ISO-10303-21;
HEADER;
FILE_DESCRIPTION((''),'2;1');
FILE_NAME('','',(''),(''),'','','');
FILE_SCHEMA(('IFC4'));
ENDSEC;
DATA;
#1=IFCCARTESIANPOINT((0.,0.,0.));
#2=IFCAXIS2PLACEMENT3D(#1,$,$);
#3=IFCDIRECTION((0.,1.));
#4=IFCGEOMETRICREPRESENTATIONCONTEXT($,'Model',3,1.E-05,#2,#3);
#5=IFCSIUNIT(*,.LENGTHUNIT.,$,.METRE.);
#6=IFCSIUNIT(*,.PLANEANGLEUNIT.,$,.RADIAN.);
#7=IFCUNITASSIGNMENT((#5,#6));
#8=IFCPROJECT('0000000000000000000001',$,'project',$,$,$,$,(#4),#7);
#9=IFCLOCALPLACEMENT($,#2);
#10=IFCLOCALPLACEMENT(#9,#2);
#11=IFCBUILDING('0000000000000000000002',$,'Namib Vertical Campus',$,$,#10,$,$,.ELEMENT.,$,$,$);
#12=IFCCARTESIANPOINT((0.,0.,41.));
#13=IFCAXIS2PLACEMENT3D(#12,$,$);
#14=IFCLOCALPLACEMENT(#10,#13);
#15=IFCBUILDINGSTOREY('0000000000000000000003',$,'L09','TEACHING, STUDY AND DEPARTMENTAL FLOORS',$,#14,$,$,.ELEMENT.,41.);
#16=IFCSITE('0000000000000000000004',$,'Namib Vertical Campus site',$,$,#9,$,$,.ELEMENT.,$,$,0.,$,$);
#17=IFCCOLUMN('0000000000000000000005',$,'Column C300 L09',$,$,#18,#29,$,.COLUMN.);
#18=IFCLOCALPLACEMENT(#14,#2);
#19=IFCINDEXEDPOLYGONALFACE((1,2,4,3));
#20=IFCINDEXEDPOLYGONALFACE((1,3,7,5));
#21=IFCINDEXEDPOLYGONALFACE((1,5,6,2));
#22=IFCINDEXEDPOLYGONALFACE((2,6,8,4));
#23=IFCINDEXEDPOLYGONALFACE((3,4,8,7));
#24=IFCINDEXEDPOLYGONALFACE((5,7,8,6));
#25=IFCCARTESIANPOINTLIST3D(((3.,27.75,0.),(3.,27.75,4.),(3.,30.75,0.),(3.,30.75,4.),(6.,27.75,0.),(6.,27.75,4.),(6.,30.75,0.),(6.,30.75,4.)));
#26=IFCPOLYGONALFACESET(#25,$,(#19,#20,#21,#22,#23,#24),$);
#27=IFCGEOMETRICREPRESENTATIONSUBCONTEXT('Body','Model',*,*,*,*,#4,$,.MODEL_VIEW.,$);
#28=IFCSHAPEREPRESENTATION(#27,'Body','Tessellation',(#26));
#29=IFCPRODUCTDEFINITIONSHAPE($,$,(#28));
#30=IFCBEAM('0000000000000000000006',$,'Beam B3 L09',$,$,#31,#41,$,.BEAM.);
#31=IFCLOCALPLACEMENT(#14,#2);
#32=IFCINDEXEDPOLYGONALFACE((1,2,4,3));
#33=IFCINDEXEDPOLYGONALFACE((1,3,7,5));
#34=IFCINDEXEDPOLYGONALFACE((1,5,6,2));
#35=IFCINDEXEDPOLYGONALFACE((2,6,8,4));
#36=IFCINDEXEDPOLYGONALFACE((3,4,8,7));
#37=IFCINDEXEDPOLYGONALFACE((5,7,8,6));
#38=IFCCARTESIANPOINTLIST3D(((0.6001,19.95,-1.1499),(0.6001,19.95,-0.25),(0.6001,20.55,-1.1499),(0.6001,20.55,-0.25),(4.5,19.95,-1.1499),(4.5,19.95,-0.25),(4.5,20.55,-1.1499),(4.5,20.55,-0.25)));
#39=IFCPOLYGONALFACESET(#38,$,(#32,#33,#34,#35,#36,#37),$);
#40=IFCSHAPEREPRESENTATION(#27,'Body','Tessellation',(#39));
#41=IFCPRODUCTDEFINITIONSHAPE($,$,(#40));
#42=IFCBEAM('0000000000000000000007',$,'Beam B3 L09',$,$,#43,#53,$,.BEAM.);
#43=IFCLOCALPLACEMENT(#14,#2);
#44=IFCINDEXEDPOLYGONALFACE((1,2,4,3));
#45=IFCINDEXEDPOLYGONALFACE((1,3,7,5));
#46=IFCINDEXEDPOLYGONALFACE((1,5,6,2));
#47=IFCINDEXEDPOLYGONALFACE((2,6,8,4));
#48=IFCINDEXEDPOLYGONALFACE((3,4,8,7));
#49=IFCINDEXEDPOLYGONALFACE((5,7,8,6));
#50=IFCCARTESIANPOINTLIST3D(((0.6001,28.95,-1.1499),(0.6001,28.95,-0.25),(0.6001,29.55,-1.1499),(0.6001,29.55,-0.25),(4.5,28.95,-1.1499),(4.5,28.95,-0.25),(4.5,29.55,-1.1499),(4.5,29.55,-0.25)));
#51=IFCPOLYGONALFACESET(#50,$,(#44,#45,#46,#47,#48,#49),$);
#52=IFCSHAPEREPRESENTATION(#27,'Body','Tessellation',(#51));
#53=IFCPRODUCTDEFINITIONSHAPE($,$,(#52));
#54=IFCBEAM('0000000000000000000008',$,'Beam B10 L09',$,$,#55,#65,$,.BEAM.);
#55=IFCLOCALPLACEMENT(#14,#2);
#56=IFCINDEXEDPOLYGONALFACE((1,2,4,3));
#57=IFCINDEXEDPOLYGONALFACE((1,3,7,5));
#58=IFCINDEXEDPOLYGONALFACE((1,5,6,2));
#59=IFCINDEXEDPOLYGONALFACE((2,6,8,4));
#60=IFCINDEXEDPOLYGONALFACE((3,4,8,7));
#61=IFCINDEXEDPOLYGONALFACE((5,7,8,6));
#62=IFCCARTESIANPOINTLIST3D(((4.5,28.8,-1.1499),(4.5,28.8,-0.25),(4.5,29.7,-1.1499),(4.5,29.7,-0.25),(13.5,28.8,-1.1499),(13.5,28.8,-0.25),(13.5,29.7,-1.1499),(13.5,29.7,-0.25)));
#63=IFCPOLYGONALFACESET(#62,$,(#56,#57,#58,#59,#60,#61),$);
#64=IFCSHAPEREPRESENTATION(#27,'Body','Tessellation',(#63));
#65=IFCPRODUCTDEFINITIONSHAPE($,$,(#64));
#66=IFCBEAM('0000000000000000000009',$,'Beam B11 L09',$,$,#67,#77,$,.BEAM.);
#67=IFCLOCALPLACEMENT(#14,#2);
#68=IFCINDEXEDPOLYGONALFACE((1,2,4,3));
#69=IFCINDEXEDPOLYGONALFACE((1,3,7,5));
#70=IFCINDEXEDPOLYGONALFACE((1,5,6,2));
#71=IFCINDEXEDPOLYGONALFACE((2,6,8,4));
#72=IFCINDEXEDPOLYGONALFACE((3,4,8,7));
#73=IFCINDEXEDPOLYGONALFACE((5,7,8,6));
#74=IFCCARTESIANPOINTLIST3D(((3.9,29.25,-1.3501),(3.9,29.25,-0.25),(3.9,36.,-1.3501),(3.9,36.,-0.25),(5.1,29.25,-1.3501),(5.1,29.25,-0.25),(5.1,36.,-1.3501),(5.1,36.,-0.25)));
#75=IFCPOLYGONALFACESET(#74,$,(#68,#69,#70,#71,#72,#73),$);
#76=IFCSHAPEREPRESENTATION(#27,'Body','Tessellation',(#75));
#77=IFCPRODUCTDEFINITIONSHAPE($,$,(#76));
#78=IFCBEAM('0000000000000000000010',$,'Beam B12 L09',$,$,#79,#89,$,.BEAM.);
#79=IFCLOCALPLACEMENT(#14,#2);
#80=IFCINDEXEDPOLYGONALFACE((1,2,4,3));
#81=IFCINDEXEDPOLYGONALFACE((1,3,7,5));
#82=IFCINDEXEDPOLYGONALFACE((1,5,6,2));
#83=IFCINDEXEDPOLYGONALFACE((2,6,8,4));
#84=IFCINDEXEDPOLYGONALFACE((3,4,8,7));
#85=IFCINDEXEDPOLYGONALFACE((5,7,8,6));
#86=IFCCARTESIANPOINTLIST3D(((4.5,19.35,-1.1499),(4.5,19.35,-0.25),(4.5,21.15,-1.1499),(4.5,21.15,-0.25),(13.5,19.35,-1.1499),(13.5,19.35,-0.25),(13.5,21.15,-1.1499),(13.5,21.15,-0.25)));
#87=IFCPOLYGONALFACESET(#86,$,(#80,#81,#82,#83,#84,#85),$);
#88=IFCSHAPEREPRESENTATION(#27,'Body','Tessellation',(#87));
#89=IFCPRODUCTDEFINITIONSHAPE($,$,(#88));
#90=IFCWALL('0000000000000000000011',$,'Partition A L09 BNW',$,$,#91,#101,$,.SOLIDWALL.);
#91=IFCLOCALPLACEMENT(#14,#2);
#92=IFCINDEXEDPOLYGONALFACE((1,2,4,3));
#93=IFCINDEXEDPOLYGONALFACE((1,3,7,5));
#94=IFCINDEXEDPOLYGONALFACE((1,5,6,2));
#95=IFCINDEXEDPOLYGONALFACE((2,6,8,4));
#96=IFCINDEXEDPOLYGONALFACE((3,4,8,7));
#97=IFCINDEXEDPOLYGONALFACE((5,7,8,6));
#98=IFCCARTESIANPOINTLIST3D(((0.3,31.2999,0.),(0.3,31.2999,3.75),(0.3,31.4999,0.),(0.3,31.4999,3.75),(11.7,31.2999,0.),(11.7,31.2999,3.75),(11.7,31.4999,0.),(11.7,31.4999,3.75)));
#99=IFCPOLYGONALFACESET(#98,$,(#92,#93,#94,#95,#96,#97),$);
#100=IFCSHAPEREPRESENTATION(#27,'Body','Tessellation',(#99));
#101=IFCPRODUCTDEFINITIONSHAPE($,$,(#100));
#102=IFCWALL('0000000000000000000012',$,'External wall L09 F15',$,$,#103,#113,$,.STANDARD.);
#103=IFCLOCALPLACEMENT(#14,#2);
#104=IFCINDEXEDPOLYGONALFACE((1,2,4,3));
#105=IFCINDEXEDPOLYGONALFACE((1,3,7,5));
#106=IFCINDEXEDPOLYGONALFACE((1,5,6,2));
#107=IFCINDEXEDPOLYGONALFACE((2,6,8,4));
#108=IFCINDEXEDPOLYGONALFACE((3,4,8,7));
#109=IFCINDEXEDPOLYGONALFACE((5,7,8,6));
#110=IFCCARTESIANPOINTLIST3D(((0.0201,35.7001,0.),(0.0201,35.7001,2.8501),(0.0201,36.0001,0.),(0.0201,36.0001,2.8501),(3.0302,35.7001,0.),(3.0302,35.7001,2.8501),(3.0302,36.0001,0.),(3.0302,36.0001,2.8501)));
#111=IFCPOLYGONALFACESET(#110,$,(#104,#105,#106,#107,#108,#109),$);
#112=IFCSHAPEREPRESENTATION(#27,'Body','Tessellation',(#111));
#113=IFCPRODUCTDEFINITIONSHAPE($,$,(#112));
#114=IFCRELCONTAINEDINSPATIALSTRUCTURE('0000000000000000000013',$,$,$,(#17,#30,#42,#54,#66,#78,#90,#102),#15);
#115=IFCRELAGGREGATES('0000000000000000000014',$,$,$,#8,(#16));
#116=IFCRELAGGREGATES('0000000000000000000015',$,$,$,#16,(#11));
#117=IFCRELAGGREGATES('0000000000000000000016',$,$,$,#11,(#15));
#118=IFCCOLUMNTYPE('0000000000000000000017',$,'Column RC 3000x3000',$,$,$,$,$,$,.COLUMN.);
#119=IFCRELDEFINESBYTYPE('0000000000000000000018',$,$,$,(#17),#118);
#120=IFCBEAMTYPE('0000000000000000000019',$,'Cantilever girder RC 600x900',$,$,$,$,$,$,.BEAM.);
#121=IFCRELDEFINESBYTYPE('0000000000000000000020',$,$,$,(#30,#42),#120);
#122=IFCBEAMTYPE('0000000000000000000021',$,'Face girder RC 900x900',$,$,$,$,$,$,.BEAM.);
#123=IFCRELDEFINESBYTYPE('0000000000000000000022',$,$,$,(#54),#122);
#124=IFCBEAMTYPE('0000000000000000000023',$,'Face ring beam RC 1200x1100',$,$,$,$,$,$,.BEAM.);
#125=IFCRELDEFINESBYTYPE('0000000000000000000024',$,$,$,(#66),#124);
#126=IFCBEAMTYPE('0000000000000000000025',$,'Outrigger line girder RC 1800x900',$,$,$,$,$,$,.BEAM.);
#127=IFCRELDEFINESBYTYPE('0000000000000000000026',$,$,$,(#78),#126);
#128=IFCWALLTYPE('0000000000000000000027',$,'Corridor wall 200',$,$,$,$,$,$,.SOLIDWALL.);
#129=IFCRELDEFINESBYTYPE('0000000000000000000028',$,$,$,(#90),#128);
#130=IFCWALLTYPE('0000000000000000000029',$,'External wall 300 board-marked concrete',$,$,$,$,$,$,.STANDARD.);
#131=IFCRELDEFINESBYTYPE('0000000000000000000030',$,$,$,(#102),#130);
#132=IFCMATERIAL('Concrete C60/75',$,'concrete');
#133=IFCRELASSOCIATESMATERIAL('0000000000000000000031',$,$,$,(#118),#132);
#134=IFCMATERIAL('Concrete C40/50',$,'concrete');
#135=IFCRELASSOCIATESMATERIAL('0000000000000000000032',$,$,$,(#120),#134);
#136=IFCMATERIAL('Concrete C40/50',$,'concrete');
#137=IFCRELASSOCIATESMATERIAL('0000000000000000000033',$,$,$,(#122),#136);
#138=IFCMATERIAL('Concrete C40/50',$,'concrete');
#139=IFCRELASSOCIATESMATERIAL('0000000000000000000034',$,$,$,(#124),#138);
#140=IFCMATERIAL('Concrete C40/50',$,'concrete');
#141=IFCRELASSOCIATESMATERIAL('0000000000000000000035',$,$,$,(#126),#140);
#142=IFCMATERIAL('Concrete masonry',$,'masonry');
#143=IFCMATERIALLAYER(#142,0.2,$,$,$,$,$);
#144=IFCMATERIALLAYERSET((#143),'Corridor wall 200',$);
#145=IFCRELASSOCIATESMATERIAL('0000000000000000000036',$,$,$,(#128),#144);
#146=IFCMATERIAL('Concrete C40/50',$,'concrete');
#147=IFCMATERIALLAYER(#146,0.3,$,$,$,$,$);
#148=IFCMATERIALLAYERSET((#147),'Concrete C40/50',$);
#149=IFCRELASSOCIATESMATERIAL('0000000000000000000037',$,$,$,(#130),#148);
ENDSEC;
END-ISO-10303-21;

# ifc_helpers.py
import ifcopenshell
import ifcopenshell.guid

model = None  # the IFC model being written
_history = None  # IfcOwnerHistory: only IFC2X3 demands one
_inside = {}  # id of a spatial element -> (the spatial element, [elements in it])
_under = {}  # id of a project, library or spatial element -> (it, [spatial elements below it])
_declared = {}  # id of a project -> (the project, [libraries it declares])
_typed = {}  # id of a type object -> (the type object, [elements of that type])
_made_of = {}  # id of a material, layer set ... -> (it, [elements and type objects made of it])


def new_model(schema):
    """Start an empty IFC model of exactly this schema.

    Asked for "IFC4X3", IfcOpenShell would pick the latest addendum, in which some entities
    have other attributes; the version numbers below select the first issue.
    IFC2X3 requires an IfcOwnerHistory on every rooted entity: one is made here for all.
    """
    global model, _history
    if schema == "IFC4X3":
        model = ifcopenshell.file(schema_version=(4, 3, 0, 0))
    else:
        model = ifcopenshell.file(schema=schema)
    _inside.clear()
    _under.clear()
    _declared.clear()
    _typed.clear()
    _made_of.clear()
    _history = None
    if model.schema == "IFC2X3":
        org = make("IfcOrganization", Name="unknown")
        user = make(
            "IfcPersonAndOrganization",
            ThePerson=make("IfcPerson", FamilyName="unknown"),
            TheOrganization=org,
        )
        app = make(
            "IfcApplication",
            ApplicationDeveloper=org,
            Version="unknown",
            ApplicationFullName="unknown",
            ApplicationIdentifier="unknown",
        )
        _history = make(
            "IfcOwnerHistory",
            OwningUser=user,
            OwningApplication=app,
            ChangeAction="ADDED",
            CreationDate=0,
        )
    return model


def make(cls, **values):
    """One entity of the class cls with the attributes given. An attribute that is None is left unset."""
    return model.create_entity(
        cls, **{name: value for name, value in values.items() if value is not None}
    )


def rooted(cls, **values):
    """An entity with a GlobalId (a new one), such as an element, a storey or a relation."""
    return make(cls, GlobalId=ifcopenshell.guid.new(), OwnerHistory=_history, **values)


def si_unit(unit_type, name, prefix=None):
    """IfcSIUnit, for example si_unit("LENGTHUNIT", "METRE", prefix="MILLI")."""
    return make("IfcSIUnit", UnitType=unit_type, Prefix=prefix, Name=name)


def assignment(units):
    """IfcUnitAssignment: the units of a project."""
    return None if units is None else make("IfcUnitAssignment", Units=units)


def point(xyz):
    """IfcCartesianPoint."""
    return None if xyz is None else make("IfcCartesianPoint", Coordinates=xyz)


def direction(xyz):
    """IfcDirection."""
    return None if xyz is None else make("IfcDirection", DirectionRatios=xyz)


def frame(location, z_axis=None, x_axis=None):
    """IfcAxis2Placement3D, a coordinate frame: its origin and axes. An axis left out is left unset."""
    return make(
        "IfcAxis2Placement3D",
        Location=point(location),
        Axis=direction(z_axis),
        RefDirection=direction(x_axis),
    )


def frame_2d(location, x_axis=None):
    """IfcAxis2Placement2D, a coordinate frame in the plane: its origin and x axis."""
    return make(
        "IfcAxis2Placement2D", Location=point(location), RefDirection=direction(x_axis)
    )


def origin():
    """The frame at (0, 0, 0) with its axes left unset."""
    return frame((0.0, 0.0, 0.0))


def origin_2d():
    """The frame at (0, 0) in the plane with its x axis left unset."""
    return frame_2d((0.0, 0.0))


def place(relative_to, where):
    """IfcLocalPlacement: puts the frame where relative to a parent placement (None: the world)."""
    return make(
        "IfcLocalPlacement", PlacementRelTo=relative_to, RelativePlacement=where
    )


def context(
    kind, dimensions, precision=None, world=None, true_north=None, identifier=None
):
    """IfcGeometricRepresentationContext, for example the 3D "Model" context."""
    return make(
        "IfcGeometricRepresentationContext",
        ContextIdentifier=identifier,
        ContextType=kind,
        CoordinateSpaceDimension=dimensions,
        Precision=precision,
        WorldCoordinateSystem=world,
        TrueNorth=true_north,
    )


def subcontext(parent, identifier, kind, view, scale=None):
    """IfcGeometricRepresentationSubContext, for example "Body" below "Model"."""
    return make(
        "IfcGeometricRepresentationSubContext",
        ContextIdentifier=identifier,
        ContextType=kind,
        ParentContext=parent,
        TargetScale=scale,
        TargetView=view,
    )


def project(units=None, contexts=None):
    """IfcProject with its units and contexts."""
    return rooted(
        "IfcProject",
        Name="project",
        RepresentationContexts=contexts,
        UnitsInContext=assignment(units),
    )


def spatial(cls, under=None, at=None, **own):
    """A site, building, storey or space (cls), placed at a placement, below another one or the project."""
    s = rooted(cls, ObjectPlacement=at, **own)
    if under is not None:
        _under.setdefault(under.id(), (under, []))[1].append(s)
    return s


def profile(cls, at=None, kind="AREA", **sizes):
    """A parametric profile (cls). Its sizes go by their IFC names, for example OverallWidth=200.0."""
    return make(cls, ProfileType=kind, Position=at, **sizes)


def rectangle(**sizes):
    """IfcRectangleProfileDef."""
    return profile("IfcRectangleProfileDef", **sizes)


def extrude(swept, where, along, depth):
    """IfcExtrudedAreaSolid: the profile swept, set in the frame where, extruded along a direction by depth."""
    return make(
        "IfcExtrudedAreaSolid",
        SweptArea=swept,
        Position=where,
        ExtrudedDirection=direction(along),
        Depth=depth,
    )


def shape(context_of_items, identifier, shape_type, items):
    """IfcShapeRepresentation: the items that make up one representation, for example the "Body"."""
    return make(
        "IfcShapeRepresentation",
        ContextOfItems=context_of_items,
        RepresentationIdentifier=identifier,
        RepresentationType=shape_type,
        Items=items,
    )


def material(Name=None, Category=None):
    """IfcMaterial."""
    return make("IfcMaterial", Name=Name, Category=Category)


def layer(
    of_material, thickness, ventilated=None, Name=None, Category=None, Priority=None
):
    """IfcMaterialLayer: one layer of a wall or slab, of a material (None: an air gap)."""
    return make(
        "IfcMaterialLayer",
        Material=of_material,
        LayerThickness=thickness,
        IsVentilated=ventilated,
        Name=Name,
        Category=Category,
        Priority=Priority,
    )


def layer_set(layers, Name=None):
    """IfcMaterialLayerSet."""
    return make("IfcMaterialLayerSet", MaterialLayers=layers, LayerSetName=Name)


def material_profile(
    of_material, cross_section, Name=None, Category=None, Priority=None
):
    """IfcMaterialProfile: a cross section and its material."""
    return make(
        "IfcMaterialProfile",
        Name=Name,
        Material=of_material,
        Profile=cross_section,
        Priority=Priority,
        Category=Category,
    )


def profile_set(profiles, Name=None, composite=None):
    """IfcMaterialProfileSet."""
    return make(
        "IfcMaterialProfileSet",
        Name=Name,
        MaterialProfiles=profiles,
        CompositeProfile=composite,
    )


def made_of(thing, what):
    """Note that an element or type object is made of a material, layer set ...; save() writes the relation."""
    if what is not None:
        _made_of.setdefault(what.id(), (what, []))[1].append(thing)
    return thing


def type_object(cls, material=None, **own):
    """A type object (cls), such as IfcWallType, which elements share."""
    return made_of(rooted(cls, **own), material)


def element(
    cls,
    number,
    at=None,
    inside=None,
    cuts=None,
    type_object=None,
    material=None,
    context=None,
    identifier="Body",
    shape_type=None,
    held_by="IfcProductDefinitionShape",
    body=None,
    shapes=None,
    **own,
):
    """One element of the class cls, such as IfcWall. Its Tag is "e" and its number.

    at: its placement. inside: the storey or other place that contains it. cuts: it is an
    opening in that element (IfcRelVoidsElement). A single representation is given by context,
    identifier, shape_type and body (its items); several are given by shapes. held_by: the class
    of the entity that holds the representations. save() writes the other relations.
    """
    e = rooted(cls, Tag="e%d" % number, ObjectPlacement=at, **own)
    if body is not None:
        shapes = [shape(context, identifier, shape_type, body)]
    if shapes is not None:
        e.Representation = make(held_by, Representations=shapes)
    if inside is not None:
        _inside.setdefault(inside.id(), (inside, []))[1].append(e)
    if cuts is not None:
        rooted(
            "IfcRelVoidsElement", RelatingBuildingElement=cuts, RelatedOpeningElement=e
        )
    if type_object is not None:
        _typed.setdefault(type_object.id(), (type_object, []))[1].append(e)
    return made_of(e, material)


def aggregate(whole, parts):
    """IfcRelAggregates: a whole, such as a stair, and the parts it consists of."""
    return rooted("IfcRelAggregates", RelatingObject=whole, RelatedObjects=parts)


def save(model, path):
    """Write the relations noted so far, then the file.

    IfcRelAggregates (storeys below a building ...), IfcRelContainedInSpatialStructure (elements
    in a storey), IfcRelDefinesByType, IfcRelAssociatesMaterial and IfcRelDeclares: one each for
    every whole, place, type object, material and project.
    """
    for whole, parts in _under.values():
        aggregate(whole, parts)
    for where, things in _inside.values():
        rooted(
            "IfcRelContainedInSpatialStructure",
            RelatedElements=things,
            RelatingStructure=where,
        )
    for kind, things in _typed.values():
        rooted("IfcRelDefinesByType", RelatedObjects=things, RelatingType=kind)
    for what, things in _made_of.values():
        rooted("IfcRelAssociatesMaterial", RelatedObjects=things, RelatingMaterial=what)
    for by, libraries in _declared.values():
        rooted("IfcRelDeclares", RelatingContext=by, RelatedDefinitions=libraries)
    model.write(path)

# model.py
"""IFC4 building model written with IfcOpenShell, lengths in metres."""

from ifc_helpers import new_model, si_unit, direction, frame, frame_2d, origin, origin_2d, place, context, subcontext, project, spatial, rectangle, extrude, material, layer, layer_set, material_profile, profile_set, type_object, element, save


model = new_model("IFC4")

# Units and contexts
model_context = context("Model", 3, precision=1e-05, world=origin(), true_north=direction((0.0, 1.0)))
body_context = subcontext(model_context, "Body", "Model", "MODEL_VIEW")
ifc_project = project(units=[si_unit("LENGTHUNIT", "METRE"), si_unit("PLANEANGLEUNIT", "RADIAN")], contexts=[model_context])

# Site, building, storey
site_placement = place(None, origin())
site = spatial("IfcSite", under=ifc_project, at=site_placement, Name="Namib Vertical Campus site", CompositionType="ELEMENT", RefElevation=0.0)
building_placement = place(site_placement, origin())
building = spatial("IfcBuilding", under=site, at=building_placement, Name="Namib Vertical Campus", CompositionType="ELEMENT")
storey_placement = place(building_placement, frame((0.0, 0.0, 41.0)))
storey = spatial("IfcBuildingStorey", under=building, at=storey_placement, Name="L09", Description="TEACHING, STUDY AND DEPARTMENTAL FLOORS", CompositionType="ELEMENT", Elevation=41.0)

# Column
ifc_material_1 = material(Name="Concrete C60/75", Category="concrete")
ifc_material_profile_1 = material_profile(ifc_material_1, rectangle(XDim=3.0, YDim=3.0, at=origin_2d()))
ifc_profile_set_1 = profile_set([ifc_material_profile_1], Name="Concrete C60/75")
column_type = type_object("IfcColumnType", Name="Column RC 3000x3000", PredefinedType="COLUMN", material=ifc_profile_set_1)
column_placement = place(storey_placement, frame((4.5, 29.25, 0.0), z_axis=(0.0, 0.0, 1.0), x_axis=(1.0, 0.0, 0.0)))
element("IfcColumn", 1, at=column_placement, inside=storey, type_object=column_type, Name="Column C300 L09", PredefinedType="COLUMN", context=body_context, shape_type="SweptSolid", body=[
    extrude(rectangle(XDim=3.0, YDim=3.0, at=origin_2d()), origin(), (0.0, 0.0, 1.0), 4.0),
])

# Beams
ifc_material_2 = material(Name="Concrete C40/50", Category="concrete")
ifc_material_profile_2 = material_profile(ifc_material_2, rectangle(XDim=0.6001, YDim=0.8999, at=origin_2d()))
ifc_profile_set_2 = profile_set([ifc_material_profile_2], Name="Concrete C40/50")
beam_type_1 = type_object("IfcBeamType", Name="Cantilever girder RC 600x900", PredefinedType="BEAM", material=ifc_profile_set_2)
for number, where, z_axis, x_axis, name in (
    (2, (4.5, 20.25, -0.7), (-1.0, 0.0, 0.0), (0.0, -1.0, 0.0), "Beam B3 L09"),
    (3, (4.5, 29.25, -0.7), (-1.0, 0.0, 0.0), (0.0, -1.0, 0.0), "Beam B3 L09"),
):
    element("IfcBeam", number, at=place(storey_placement, frame(where, z_axis=z_axis, x_axis=x_axis)), inside=storey, type_object=beam_type_1, Name=name, PredefinedType="BEAM", context=body_context, shape_type="SweptSolid", body=[
        extrude(rectangle(XDim=0.6001, YDim=0.8999, at=origin_2d()), origin(), (0.0, 0.0, 1.0), 3.8999),
    ])
ifc_material_3 = material(Name="Concrete C40/50", Category="concrete")
ifc_material_profile_3 = material_profile(ifc_material_3, rectangle(XDim=0.8999, YDim=0.8999, at=origin_2d()))
ifc_profile_set_3 = profile_set([ifc_material_profile_3], Name="Concrete C40/50")
beam_type_2 = type_object("IfcBeamType", Name="Face girder RC 900x900", PredefinedType="BEAM", material=ifc_profile_set_3)
beam_1_placement = place(storey_placement, frame((4.5, 29.25, -0.7), z_axis=(1.0, 0.0, 0.0), x_axis=(0.0, 1.0, 0.0)))
element("IfcBeam", 4, at=beam_1_placement, inside=storey, type_object=beam_type_2, Name="Beam B10 L09", PredefinedType="BEAM", context=body_context, shape_type="SweptSolid", body=[
    extrude(rectangle(XDim=0.8999, YDim=0.8999, at=origin_2d()), origin(), (0.0, 0.0, 1.0), 9.0),
])
ifc_material_4 = material(Name="Concrete C40/50", Category="concrete")
ifc_material_profile_4 = material_profile(ifc_material_4, rectangle(XDim=1.2, YDim=1.1001, at=origin_2d()))
ifc_profile_set_4 = profile_set([ifc_material_profile_4], Name="Concrete C40/50")
beam_type_3 = type_object("IfcBeamType", Name="Face ring beam RC 1200x1100", PredefinedType="BEAM", material=ifc_profile_set_4)
beam_2_placement = place(storey_placement, frame((4.5, 29.25, -0.8), z_axis=(0.0, 1.0, 0.0), x_axis=(-1.0, 0.0, 0.0)))
element("IfcBeam", 5, at=beam_2_placement, inside=storey, type_object=beam_type_3, Name="Beam B11 L09", PredefinedType="BEAM", context=body_context, shape_type="SweptSolid", body=[
    extrude(rectangle(XDim=1.2, YDim=1.1001, at=origin_2d()), origin(), (0.0, 0.0, 1.0), 6.75),
])
ifc_material_5 = material(Name="Concrete C40/50", Category="concrete")
ifc_material_profile_5 = material_profile(ifc_material_5, rectangle(XDim=1.8, YDim=0.8999, at=origin_2d()))
ifc_profile_set_5 = profile_set([ifc_material_profile_5], Name="Concrete C40/50")
beam_type_4 = type_object("IfcBeamType", Name="Outrigger line girder RC 1800x900", PredefinedType="BEAM", material=ifc_profile_set_5)
beam_3_placement = place(storey_placement, frame((4.5, 20.25, -0.7), z_axis=(1.0, 0.0, 0.0), x_axis=(0.0, 1.0, 0.0)))
element("IfcBeam", 6, at=beam_3_placement, inside=storey, type_object=beam_type_4, Name="Beam B12 L09", PredefinedType="BEAM", context=body_context, shape_type="SweptSolid", body=[
    extrude(rectangle(XDim=1.8, YDim=0.8999, at=origin_2d()), origin(), (0.0, 0.0, 1.0), 9.0),
])

# Walls
ifc_material_6 = material(Name="Concrete masonry", Category="masonry")
ifc_layer_1 = layer(ifc_material_6, 0.2)
ifc_layer_set_1 = layer_set([ifc_layer_1], Name="Corridor wall 200")
wall_type_1 = type_object("IfcWallType", Name="Corridor wall 200", PredefinedType="SOLIDWALL", material=ifc_layer_set_1)
wall_1_placement = place(storey_placement, frame((0.3, 31.3999, 0.0), z_axis=(0.0, 0.0, 1.0), x_axis=(1.0, 0.0, 0.0)))
element("IfcWall", 7, at=wall_1_placement, inside=storey, type_object=wall_type_1, Name="Partition A L09 BNW", PredefinedType="SOLIDWALL", context=body_context, shape_type="SweptSolid", body=[
    extrude(rectangle(XDim=11.3999, YDim=0.2, at=frame_2d((5.7, 0.0))), origin(), (0.0, 0.0, 1.0), 3.75),
])
ifc_material_7 = material(Name="Concrete C40/50", Category="concrete")
ifc_layer_2 = layer(ifc_material_7, 0.3)
ifc_layer_set_2 = layer_set([ifc_layer_2], Name="Concrete C40/50")
wall_type_2 = type_object("IfcWallType", Name="External wall 300 board-marked concrete", PredefinedType="STANDARD", material=ifc_layer_set_2)
wall_2_placement = place(storey_placement, frame((3.03, 35.8501, 0.0), z_axis=(0.0, 0.0, 1.0), x_axis=(-1.0, 0.0, 0.0)))
element("IfcWall", 8, at=wall_2_placement, inside=storey, type_object=wall_type_2, Name="External wall L09 F15", PredefinedType="STANDARD", context=body_context, shape_type="SweptSolid", body=[
    extrude(rectangle(XDim=3.01, YDim=0.3, at=frame_2d((1.5049, 0.0))), origin(), (0.0, 0.0, 1.0), 2.8501),
])

save(model, "model.ifc")
